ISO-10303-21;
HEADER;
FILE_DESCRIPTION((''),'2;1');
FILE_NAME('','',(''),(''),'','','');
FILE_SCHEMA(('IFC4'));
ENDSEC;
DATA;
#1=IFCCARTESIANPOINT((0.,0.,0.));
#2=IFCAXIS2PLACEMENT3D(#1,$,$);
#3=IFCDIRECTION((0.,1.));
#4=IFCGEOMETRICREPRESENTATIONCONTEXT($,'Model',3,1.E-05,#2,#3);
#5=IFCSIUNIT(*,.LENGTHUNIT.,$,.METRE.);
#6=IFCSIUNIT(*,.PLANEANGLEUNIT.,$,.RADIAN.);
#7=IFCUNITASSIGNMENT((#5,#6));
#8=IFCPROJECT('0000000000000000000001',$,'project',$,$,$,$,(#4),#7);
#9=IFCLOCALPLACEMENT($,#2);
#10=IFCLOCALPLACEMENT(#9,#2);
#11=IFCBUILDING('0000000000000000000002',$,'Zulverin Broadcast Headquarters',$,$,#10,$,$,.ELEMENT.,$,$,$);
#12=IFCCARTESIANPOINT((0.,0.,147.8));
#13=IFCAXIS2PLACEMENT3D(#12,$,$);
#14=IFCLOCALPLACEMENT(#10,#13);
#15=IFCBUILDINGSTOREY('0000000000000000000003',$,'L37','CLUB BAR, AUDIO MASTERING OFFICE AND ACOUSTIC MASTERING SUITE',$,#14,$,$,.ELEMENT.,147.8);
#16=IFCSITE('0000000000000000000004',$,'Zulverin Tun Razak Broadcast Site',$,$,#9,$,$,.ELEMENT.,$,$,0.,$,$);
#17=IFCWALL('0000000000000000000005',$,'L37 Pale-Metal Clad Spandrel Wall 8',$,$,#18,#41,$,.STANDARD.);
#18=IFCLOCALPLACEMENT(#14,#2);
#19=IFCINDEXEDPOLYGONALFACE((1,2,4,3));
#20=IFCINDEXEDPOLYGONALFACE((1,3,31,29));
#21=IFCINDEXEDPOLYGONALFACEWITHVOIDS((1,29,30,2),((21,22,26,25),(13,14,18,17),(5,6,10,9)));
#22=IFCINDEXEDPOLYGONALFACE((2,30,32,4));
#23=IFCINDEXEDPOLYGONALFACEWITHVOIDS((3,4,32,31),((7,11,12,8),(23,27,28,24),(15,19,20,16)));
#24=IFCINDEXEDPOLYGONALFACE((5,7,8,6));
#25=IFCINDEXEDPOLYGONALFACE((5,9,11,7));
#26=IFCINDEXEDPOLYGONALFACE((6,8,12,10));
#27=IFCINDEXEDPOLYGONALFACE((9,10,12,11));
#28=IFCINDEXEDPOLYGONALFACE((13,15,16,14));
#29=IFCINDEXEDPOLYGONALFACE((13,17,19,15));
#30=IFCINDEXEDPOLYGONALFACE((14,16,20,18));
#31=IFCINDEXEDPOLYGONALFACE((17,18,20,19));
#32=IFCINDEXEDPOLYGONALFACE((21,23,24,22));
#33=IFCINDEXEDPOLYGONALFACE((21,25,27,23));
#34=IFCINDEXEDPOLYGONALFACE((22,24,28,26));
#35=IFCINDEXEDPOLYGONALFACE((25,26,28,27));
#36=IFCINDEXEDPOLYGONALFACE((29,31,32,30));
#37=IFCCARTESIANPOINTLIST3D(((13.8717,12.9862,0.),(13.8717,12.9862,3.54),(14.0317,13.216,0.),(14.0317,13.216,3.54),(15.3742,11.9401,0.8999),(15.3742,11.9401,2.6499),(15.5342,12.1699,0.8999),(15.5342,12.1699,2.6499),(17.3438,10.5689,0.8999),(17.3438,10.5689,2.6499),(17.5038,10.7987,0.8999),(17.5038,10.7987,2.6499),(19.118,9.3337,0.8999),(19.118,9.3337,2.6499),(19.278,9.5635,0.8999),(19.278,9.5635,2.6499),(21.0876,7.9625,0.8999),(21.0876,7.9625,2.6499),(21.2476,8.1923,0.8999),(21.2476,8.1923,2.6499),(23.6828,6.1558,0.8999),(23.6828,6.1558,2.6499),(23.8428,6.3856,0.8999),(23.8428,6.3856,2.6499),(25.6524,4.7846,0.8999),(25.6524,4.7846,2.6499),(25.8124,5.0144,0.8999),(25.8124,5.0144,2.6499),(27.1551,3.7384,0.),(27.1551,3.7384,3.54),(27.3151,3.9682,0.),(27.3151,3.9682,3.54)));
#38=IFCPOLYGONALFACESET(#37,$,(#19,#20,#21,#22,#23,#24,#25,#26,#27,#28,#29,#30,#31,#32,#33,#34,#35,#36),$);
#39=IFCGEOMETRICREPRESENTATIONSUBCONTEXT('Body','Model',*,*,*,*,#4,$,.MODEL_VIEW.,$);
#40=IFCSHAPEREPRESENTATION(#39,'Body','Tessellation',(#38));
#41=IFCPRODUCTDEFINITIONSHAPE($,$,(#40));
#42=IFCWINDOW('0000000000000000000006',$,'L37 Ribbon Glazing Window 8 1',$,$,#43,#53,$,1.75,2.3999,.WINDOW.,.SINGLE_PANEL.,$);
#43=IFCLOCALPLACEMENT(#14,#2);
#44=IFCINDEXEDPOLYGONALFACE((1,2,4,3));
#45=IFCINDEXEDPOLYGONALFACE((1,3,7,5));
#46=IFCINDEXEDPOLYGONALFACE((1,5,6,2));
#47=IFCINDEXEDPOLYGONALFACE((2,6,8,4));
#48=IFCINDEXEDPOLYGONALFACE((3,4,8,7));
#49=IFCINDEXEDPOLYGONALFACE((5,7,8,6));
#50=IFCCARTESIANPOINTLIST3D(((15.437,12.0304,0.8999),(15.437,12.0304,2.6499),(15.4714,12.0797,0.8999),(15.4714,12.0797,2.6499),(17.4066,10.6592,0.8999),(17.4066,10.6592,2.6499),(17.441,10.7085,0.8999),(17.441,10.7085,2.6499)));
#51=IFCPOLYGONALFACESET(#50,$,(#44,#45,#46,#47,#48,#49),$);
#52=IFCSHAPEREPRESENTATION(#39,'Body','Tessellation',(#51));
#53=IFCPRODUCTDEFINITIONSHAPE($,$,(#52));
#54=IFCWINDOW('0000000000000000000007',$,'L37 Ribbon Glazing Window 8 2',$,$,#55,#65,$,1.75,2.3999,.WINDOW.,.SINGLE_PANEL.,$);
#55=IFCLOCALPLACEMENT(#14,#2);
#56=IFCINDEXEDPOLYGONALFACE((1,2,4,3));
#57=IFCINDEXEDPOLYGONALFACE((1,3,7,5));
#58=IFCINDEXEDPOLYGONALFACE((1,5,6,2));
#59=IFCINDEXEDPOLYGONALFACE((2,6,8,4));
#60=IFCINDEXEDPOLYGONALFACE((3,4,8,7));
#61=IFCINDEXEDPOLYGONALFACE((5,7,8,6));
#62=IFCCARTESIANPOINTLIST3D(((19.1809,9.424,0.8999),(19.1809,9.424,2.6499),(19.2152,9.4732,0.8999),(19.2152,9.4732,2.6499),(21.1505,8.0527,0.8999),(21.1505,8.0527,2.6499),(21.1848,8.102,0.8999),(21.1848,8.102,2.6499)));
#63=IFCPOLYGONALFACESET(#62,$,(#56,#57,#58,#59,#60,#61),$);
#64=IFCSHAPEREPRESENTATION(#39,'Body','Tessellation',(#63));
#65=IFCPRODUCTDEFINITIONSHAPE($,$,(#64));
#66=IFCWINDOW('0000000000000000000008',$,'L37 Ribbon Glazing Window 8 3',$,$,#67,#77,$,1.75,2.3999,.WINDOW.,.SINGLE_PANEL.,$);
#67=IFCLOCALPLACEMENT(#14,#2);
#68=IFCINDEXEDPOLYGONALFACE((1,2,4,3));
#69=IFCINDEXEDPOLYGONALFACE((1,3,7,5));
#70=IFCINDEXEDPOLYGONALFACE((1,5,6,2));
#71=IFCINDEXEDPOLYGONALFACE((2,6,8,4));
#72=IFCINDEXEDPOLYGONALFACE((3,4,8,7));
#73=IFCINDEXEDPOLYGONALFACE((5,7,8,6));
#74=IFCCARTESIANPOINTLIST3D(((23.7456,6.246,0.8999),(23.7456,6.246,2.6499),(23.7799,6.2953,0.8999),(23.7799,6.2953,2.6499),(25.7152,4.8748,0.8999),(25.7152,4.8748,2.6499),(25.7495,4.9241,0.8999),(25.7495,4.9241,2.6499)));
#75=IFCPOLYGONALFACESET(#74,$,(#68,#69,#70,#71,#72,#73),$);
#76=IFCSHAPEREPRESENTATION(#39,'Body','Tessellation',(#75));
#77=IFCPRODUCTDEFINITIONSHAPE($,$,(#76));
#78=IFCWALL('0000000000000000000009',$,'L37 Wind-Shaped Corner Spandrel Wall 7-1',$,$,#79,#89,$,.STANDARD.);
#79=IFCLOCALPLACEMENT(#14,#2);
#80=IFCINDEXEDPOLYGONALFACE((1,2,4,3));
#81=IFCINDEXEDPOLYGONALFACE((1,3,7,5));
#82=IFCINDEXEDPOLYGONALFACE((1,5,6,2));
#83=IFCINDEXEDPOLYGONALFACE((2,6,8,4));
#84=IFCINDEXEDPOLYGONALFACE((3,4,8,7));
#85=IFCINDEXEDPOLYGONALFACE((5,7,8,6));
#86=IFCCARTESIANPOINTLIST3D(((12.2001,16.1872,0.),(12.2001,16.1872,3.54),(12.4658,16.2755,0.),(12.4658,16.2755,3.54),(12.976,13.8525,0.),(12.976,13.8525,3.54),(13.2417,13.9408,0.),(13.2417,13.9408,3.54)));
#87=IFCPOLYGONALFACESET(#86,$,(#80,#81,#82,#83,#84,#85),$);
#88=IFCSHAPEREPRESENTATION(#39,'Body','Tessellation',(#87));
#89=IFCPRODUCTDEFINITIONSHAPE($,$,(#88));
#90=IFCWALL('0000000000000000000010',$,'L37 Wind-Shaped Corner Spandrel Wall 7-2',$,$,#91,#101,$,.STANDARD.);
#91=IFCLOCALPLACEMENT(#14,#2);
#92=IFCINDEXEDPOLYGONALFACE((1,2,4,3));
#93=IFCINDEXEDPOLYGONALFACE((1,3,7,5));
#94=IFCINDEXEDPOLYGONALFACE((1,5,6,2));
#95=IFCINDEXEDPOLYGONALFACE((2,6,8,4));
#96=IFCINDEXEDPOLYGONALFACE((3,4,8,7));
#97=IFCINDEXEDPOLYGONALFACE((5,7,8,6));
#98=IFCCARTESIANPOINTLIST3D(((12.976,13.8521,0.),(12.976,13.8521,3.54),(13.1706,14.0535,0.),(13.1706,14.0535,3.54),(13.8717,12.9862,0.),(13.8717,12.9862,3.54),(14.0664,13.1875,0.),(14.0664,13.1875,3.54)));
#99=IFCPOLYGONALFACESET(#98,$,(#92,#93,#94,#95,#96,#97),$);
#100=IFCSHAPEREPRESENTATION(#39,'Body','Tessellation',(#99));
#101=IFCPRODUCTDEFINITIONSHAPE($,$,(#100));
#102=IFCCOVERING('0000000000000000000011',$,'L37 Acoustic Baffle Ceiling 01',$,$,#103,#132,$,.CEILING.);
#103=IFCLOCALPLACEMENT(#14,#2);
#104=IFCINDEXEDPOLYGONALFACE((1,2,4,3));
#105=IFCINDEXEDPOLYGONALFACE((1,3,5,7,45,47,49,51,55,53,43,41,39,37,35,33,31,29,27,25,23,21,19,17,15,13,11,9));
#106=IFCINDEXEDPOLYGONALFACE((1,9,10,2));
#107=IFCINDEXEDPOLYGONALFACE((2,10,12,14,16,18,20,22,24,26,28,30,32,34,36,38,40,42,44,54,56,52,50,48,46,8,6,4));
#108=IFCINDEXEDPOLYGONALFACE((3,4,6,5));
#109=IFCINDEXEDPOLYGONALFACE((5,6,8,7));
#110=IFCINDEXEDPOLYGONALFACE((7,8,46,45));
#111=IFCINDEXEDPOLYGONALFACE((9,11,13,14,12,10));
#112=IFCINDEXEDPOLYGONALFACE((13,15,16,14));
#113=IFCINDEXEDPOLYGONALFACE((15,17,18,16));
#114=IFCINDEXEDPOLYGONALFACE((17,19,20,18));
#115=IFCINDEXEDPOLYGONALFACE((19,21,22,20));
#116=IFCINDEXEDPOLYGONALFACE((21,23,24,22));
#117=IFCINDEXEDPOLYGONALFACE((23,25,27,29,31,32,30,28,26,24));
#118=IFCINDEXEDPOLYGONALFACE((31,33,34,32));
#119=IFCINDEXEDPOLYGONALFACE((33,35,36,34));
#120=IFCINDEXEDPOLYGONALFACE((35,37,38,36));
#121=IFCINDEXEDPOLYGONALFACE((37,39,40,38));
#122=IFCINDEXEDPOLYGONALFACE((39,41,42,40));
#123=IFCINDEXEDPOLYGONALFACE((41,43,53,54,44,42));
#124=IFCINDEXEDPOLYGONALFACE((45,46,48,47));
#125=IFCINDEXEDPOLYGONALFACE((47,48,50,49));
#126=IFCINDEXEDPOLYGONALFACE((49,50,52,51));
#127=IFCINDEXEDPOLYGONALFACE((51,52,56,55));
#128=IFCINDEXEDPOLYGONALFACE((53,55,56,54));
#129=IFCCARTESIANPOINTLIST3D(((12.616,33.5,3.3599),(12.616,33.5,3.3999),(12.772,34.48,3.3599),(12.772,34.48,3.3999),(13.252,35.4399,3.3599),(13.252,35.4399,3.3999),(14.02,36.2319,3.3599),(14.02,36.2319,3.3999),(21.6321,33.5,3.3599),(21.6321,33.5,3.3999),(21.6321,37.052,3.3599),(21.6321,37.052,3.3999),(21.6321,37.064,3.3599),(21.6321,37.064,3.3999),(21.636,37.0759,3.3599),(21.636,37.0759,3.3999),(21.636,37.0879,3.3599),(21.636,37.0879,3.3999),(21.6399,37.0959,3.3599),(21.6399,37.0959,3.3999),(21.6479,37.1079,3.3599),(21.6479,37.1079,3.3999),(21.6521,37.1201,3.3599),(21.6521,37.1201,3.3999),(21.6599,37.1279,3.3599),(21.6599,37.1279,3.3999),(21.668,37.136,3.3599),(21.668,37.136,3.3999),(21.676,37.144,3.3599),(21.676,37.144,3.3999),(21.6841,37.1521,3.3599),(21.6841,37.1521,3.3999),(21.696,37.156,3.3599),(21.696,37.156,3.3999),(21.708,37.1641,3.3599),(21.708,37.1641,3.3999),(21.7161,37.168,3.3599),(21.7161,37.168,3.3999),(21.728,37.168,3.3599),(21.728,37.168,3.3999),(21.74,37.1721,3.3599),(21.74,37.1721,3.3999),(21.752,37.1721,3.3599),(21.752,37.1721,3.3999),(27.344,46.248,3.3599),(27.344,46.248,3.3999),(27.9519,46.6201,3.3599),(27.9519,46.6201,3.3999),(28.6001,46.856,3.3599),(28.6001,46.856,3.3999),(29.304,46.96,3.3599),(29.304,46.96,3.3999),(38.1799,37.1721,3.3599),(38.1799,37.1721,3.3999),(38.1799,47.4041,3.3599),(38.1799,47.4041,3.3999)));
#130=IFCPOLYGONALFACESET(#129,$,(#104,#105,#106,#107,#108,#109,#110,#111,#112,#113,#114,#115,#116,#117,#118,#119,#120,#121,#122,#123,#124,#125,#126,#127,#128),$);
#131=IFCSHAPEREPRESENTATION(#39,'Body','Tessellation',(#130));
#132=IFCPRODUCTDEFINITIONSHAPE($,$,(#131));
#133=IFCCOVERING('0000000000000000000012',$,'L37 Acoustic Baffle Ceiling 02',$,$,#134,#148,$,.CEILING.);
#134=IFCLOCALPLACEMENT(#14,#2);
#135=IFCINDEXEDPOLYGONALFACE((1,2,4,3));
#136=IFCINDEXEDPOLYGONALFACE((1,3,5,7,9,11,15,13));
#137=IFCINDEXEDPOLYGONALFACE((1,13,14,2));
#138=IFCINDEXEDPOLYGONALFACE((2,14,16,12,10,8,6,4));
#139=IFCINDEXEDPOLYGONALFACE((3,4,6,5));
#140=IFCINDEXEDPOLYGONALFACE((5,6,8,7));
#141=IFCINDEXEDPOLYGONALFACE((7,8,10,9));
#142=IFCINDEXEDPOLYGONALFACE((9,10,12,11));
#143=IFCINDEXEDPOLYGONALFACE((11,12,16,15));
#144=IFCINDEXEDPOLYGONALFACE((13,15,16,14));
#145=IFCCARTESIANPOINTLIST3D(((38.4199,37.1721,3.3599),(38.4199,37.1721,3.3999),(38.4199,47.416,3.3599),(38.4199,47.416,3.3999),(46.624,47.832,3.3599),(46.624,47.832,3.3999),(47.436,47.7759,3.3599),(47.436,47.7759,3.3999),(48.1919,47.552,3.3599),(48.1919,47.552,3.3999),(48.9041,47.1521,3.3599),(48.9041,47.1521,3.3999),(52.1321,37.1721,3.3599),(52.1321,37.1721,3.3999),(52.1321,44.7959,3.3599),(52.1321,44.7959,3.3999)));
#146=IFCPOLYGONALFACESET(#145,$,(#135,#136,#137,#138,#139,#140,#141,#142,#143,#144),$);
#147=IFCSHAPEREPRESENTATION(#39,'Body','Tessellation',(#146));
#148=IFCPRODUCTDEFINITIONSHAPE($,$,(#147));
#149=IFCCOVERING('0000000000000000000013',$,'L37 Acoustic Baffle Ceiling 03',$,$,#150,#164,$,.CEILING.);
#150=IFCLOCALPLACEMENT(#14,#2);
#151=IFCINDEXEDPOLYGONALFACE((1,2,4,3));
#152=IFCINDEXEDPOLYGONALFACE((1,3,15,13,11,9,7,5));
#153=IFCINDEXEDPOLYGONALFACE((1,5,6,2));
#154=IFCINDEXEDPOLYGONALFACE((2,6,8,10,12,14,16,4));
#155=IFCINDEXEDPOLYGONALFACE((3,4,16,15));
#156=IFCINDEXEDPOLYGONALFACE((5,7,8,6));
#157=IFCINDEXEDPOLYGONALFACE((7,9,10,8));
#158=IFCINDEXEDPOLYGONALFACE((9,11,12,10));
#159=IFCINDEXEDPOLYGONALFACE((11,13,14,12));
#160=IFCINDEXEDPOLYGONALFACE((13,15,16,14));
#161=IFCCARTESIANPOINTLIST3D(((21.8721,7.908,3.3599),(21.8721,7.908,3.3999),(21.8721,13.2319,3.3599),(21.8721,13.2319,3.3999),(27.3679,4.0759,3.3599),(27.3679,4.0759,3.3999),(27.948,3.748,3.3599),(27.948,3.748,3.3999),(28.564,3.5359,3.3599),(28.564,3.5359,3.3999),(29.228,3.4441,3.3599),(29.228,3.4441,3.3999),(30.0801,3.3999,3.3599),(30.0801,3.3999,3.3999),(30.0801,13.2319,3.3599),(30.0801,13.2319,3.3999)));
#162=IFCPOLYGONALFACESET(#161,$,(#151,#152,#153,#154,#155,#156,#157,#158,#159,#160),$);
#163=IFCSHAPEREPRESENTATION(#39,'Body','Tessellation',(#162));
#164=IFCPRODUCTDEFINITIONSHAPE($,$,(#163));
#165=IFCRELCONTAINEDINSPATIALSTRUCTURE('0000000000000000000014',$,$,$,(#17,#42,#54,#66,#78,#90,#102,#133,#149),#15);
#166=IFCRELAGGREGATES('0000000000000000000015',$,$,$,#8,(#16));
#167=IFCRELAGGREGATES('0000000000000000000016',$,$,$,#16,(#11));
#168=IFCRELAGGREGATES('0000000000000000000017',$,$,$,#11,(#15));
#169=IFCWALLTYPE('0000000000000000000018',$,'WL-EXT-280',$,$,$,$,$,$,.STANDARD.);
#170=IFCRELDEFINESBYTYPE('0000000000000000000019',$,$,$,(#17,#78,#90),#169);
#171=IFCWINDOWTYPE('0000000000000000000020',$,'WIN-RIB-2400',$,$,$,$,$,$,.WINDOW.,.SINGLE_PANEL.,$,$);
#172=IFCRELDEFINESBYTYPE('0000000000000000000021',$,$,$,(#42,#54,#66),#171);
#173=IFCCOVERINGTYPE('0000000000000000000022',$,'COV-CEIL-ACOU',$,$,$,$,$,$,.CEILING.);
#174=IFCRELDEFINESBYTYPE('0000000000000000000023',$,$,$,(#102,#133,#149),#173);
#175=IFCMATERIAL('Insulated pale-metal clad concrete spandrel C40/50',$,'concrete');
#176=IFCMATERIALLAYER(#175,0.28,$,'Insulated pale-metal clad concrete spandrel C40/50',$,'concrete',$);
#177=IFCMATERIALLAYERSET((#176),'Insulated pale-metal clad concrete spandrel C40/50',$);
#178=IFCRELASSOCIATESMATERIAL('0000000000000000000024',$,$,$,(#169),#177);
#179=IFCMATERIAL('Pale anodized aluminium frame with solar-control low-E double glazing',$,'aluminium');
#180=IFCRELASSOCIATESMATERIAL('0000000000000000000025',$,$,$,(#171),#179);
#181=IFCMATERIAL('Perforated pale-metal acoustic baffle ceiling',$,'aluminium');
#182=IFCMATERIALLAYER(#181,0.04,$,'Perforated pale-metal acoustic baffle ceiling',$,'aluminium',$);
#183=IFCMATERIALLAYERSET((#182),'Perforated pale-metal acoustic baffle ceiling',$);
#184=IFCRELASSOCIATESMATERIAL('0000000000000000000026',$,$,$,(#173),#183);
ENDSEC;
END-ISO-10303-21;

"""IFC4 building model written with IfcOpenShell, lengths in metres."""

from ifc_helpers import new_model, si_unit, direction, frame, frame_2d, origin, place, context, subcontext, project, spatial, polyline, rectangle, outline, extrude, material, layer, layer_set, type_object, element, fill, save


model = new_model("IFC4")

# Units and contexts
model_context = context("Model", 3, precision=1e-05, world=origin(), true_north=direction((0.0, 1.0)))
body_context = subcontext(model_context, "Body", "Model", "MODEL_VIEW")
ifc_project = project(units=[si_unit("LENGTHUNIT", "METRE"), si_unit("PLANEANGLEUNIT", "RADIAN")], contexts=[model_context])

# Site, building, storey
site_placement = place(None, origin())
site = spatial("IfcSite", under=ifc_project, at=site_placement, Name="Zulverin Tun Razak Broadcast Site", CompositionType="ELEMENT", RefElevation=0.0)
building_placement = place(site_placement, origin())
building = spatial("IfcBuilding", under=site, at=building_placement, Name="Zulverin Broadcast Headquarters", CompositionType="ELEMENT")
storey_placement = place(building_placement, frame((0.0, 0.0, 147.8)))
storey = spatial("IfcBuildingStorey", under=building, at=storey_placement, Name="L37", Description="CLUB BAR, AUDIO MASTERING OFFICE AND ACOUSTIC MASTERING SUITE", CompositionType="ELEMENT", Elevation=147.8)

# Wall, openings, windows
ifc_material_1 = material(Name="Insulated pale-metal clad concrete spandrel C40/50", Category="concrete")
ifc_layer_1 = layer(ifc_material_1, 0.28, Name="Insulated pale-metal clad concrete spandrel C40/50", Category="concrete")
ifc_layer_set_1 = layer_set([ifc_layer_1], Name="Insulated pale-metal clad concrete spandrel C40/50")
wall_type = type_object("IfcWallType", Name="WL-EXT-280", PredefinedType="STANDARD", material=ifc_layer_set_1)
wall_1_placement = place(storey_placement, frame((13.9517, 13.1011, 0.0), z_axis=(0.0, 0.0, 1.0), x_axis=(0.820698, -0.571362, 0.0)))
wall_1 = element("IfcWall", 1, at=wall_1_placement, inside=storey, type_object=wall_type, Name="L37 Pale-Metal Clad Spandrel Wall 8", PredefinedType="STANDARD", context=body_context, shape_type="SweptSolid", body=[
    extrude(rectangle(XDim=16.1855, YDim=0.28, at=frame_2d((8.0928, 0.0))), origin(), (0.0, 0.0, 1.0), 3.54),
])
opening_1_placement = place(wall_1_placement, frame((1.8308, 0.0, 0.8999)))
opening_1 = element("IfcOpeningElement", 2, at=opening_1_placement, cuts=wall_1, PredefinedType="OPENING", context=body_context, shape_type="SweptSolid", body=[
    extrude(rectangle(XDim=2.3999, YDim=1.75, at=frame_2d((1.2, 0.875))), frame((0.0, 0.1499, 0.0), z_axis=(0.0, -1.0, 0.0), x_axis=(1.0, 0.0, 0.0)), (0.0, 0.0, 1.0), 0.3),
])
opening_2_placement = place(wall_1_placement, frame((6.3926, 0.0, 0.8999)))
opening_2 = element("IfcOpeningElement", 3, at=opening_2_placement, cuts=wall_1, PredefinedType="OPENING", context=body_context, shape_type="SweptSolid", body=[
    extrude(rectangle(XDim=2.3999, YDim=1.75, at=frame_2d((1.2, 0.875))), frame((0.0, 0.1499, 0.0), z_axis=(0.0, -1.0, 0.0), x_axis=(1.0, 0.0, 0.0)), (0.0, 0.0, 1.0), 0.3),
])
opening_3_placement = place(wall_1_placement, frame((11.9546, 0.0, 0.8999)))
opening_3 = element("IfcOpeningElement", 4, at=opening_3_placement, cuts=wall_1, PredefinedType="OPENING", context=body_context, shape_type="SweptSolid", body=[
    extrude(rectangle(XDim=2.3999, YDim=1.75, at=frame_2d((1.2, 0.875))), frame((0.0, 0.1499, 0.0), z_axis=(0.0, -1.0, 0.0), x_axis=(1.0, 0.0, 0.0)), (0.0, 0.0, 1.0), 0.3),
])
ifc_material_2 = material(Name="Pale anodized aluminium frame with solar-control low-E double glazing", Category="aluminium")
window_type = type_object("IfcWindowType", Name="WIN-RIB-2400", PartitioningType="SINGLE_PANEL", PredefinedType="WINDOW", material=ifc_material_2)
window_1_placement = place(opening_1_placement, origin())
window_1 = element("IfcWindow", 5, at=window_1_placement, inside=storey, type_object=window_type, Name="L37 Ribbon Glazing Window 8 1", OverallHeight=1.75, OverallWidth=2.3999, PartitioningType="SINGLE_PANEL", PredefinedType="WINDOW", context=body_context, shape_type="SweptSolid", body=[
    extrude(rectangle(XDim=2.3999, YDim=1.75, at=frame_2d((1.2, 0.875))), frame((0.0, 0.03, 0.0), z_axis=(0.0, -1.0, 0.0), x_axis=(1.0, 0.0, 0.0)), (0.0, 0.0, 1.0), 0.0601),
])
fill(opening_1, window_1)
window_2_placement = place(opening_2_placement, origin())
window_2 = element("IfcWindow", 6, at=window_2_placement, inside=storey, type_object=window_type, Name="L37 Ribbon Glazing Window 8 2", OverallHeight=1.75, OverallWidth=2.3999, PartitioningType="SINGLE_PANEL", PredefinedType="WINDOW", context=body_context, shape_type="SweptSolid", body=[
    extrude(rectangle(XDim=2.3999, YDim=1.75, at=frame_2d((1.2, 0.875))), frame((0.0, 0.03, 0.0), z_axis=(0.0, -1.0, 0.0), x_axis=(1.0, 0.0, 0.0)), (0.0, 0.0, 1.0), 0.0601),
])
fill(opening_2, window_2)
window_3_placement = place(opening_3_placement, origin())
window_3 = element("IfcWindow", 7, at=window_3_placement, inside=storey, type_object=window_type, Name="L37 Ribbon Glazing Window 8 3", OverallHeight=1.75, OverallWidth=2.3999, PartitioningType="SINGLE_PANEL", PredefinedType="WINDOW", context=body_context, shape_type="SweptSolid", body=[
    extrude(rectangle(XDim=2.3999, YDim=1.75, at=frame_2d((1.2, 0.875))), frame((0.0, 0.03, 0.0), z_axis=(0.0, -1.0, 0.0), x_axis=(1.0, 0.0, 0.0)), (0.0, 0.0, 1.0), 0.0601),
])
fill(opening_3, window_3)

# Walls
wall_2_placement = place(storey_placement, frame((12.333, 16.2312, 0.0), z_axis=(0.0, 0.0, 1.0), x_axis=(0.315364, -0.948971, 0.0)))
element("IfcWall", 8, at=wall_2_placement, inside=storey, type_object=wall_type, Name="L37 Wind-Shaped Corner Spandrel Wall 7-1", PredefinedType="STANDARD", context=body_context, shape_type="SweptSolid", body=[
    extrude(rectangle(XDim=2.4602, YDim=0.28, at=frame_2d((1.23, 0.0))), origin(), (0.0, 0.0, 1.0), 3.54),
])
wall_3_placement = place(storey_placement, frame((13.0732, 13.9529, 0.0), z_axis=(0.0, 0.0, 1.0), x_axis=(0.718959, -0.695052, 0.0)))
element("IfcWall", 9, at=wall_3_placement, inside=storey, type_object=wall_type, Name="L37 Wind-Shaped Corner Spandrel Wall 7-2", PredefinedType="STANDARD", context=body_context, shape_type="SweptSolid", body=[
    extrude(rectangle(XDim=1.2458, YDim=0.28, at=frame_2d((0.623, 0.0))), origin(), (0.0, 0.0, 1.0), 3.54),
])

# Coverings
ifc_material_3 = material(Name="Perforated pale-metal acoustic baffle ceiling", Category="aluminium")
ifc_layer_2 = layer(ifc_material_3, 0.04, Name="Perforated pale-metal acoustic baffle ceiling", Category="aluminium")
ifc_layer_set_2 = layer_set([ifc_layer_2], Name="Perforated pale-metal acoustic baffle ceiling")
covering_type_1 = type_object("IfcCoveringType", Name="COV-CEIL-ACOU", PredefinedType="CEILING", material=ifc_layer_set_2)
covering_1_placement = place(storey_placement, frame((0.0, 0.0, 3.3599)))
element("IfcCovering", 10, at=covering_1_placement, inside=storey, type_object=covering_type_1, Name="L37 Acoustic Baffle Ceiling 01", PredefinedType="CEILING", context=body_context, shape_type="SweptSolid", body=[
    extrude(outline(polyline([(14.02, 36.2319), (13.252, 35.4399), (12.772, 34.48), (12.616, 33.5), (21.6321, 33.5), (21.6321, 37.052), (21.6321, 37.064), (21.636, 37.0759), (21.636, 37.0879), (21.6399, 37.0959), (21.6479, 37.1079), (21.6521, 37.1201), (21.6599, 37.1279), (21.668, 37.136), (21.676, 37.144), (21.6841, 37.1521), (21.696, 37.156), (21.708, 37.1641), (21.7161, 37.168), (21.728, 37.168), (21.74, 37.1721), (21.752, 37.1721), (38.1799, 37.1721), (38.1799, 47.4041), (29.304, 46.96), (28.6001, 46.856), (27.9519, 46.6201), (27.344, 46.248), (14.02, 36.2319)])), origin(), (0.0, 0.0, 1.0), 0.04),
])
covering_2_placement = place(storey_placement, frame((0.0, 0.0, 3.3599)))
element("IfcCovering", 11, at=covering_2_placement, inside=storey, type_object=covering_type_1, Name="L37 Acoustic Baffle Ceiling 02", PredefinedType="CEILING", context=body_context, shape_type="SweptSolid", body=[
    extrude(outline(polyline([(52.1321, 37.1721), (52.1321, 44.7959), (48.9041, 47.1521), (48.1919, 47.552), (47.436, 47.7759), (46.624, 47.832), (38.4199, 47.416), (38.4199, 37.1721), (52.1321, 37.1721)])), origin(), (0.0, 0.0, 1.0), 0.04),
])
covering_3_placement = place(storey_placement, frame((0.0, 0.0, 3.3599)))
element("IfcCovering", 12, at=covering_3_placement, inside=storey, type_object=covering_type_1, Name="L37 Acoustic Baffle Ceiling 03", PredefinedType="CEILING", context=body_context, shape_type="SweptSolid", body=[
    extrude(outline(polyline([(27.948, 3.748), (28.564, 3.5359), (29.228, 3.4441), (30.0801, 3.3999), (30.0801, 13.2319), (21.8721, 13.2319), (21.8721, 7.908), (27.3679, 4.0759), (27.948, 3.748)])), origin(), (0.0, 0.0, 1.0), 0.04),
])

save(model, "model.ifc")
